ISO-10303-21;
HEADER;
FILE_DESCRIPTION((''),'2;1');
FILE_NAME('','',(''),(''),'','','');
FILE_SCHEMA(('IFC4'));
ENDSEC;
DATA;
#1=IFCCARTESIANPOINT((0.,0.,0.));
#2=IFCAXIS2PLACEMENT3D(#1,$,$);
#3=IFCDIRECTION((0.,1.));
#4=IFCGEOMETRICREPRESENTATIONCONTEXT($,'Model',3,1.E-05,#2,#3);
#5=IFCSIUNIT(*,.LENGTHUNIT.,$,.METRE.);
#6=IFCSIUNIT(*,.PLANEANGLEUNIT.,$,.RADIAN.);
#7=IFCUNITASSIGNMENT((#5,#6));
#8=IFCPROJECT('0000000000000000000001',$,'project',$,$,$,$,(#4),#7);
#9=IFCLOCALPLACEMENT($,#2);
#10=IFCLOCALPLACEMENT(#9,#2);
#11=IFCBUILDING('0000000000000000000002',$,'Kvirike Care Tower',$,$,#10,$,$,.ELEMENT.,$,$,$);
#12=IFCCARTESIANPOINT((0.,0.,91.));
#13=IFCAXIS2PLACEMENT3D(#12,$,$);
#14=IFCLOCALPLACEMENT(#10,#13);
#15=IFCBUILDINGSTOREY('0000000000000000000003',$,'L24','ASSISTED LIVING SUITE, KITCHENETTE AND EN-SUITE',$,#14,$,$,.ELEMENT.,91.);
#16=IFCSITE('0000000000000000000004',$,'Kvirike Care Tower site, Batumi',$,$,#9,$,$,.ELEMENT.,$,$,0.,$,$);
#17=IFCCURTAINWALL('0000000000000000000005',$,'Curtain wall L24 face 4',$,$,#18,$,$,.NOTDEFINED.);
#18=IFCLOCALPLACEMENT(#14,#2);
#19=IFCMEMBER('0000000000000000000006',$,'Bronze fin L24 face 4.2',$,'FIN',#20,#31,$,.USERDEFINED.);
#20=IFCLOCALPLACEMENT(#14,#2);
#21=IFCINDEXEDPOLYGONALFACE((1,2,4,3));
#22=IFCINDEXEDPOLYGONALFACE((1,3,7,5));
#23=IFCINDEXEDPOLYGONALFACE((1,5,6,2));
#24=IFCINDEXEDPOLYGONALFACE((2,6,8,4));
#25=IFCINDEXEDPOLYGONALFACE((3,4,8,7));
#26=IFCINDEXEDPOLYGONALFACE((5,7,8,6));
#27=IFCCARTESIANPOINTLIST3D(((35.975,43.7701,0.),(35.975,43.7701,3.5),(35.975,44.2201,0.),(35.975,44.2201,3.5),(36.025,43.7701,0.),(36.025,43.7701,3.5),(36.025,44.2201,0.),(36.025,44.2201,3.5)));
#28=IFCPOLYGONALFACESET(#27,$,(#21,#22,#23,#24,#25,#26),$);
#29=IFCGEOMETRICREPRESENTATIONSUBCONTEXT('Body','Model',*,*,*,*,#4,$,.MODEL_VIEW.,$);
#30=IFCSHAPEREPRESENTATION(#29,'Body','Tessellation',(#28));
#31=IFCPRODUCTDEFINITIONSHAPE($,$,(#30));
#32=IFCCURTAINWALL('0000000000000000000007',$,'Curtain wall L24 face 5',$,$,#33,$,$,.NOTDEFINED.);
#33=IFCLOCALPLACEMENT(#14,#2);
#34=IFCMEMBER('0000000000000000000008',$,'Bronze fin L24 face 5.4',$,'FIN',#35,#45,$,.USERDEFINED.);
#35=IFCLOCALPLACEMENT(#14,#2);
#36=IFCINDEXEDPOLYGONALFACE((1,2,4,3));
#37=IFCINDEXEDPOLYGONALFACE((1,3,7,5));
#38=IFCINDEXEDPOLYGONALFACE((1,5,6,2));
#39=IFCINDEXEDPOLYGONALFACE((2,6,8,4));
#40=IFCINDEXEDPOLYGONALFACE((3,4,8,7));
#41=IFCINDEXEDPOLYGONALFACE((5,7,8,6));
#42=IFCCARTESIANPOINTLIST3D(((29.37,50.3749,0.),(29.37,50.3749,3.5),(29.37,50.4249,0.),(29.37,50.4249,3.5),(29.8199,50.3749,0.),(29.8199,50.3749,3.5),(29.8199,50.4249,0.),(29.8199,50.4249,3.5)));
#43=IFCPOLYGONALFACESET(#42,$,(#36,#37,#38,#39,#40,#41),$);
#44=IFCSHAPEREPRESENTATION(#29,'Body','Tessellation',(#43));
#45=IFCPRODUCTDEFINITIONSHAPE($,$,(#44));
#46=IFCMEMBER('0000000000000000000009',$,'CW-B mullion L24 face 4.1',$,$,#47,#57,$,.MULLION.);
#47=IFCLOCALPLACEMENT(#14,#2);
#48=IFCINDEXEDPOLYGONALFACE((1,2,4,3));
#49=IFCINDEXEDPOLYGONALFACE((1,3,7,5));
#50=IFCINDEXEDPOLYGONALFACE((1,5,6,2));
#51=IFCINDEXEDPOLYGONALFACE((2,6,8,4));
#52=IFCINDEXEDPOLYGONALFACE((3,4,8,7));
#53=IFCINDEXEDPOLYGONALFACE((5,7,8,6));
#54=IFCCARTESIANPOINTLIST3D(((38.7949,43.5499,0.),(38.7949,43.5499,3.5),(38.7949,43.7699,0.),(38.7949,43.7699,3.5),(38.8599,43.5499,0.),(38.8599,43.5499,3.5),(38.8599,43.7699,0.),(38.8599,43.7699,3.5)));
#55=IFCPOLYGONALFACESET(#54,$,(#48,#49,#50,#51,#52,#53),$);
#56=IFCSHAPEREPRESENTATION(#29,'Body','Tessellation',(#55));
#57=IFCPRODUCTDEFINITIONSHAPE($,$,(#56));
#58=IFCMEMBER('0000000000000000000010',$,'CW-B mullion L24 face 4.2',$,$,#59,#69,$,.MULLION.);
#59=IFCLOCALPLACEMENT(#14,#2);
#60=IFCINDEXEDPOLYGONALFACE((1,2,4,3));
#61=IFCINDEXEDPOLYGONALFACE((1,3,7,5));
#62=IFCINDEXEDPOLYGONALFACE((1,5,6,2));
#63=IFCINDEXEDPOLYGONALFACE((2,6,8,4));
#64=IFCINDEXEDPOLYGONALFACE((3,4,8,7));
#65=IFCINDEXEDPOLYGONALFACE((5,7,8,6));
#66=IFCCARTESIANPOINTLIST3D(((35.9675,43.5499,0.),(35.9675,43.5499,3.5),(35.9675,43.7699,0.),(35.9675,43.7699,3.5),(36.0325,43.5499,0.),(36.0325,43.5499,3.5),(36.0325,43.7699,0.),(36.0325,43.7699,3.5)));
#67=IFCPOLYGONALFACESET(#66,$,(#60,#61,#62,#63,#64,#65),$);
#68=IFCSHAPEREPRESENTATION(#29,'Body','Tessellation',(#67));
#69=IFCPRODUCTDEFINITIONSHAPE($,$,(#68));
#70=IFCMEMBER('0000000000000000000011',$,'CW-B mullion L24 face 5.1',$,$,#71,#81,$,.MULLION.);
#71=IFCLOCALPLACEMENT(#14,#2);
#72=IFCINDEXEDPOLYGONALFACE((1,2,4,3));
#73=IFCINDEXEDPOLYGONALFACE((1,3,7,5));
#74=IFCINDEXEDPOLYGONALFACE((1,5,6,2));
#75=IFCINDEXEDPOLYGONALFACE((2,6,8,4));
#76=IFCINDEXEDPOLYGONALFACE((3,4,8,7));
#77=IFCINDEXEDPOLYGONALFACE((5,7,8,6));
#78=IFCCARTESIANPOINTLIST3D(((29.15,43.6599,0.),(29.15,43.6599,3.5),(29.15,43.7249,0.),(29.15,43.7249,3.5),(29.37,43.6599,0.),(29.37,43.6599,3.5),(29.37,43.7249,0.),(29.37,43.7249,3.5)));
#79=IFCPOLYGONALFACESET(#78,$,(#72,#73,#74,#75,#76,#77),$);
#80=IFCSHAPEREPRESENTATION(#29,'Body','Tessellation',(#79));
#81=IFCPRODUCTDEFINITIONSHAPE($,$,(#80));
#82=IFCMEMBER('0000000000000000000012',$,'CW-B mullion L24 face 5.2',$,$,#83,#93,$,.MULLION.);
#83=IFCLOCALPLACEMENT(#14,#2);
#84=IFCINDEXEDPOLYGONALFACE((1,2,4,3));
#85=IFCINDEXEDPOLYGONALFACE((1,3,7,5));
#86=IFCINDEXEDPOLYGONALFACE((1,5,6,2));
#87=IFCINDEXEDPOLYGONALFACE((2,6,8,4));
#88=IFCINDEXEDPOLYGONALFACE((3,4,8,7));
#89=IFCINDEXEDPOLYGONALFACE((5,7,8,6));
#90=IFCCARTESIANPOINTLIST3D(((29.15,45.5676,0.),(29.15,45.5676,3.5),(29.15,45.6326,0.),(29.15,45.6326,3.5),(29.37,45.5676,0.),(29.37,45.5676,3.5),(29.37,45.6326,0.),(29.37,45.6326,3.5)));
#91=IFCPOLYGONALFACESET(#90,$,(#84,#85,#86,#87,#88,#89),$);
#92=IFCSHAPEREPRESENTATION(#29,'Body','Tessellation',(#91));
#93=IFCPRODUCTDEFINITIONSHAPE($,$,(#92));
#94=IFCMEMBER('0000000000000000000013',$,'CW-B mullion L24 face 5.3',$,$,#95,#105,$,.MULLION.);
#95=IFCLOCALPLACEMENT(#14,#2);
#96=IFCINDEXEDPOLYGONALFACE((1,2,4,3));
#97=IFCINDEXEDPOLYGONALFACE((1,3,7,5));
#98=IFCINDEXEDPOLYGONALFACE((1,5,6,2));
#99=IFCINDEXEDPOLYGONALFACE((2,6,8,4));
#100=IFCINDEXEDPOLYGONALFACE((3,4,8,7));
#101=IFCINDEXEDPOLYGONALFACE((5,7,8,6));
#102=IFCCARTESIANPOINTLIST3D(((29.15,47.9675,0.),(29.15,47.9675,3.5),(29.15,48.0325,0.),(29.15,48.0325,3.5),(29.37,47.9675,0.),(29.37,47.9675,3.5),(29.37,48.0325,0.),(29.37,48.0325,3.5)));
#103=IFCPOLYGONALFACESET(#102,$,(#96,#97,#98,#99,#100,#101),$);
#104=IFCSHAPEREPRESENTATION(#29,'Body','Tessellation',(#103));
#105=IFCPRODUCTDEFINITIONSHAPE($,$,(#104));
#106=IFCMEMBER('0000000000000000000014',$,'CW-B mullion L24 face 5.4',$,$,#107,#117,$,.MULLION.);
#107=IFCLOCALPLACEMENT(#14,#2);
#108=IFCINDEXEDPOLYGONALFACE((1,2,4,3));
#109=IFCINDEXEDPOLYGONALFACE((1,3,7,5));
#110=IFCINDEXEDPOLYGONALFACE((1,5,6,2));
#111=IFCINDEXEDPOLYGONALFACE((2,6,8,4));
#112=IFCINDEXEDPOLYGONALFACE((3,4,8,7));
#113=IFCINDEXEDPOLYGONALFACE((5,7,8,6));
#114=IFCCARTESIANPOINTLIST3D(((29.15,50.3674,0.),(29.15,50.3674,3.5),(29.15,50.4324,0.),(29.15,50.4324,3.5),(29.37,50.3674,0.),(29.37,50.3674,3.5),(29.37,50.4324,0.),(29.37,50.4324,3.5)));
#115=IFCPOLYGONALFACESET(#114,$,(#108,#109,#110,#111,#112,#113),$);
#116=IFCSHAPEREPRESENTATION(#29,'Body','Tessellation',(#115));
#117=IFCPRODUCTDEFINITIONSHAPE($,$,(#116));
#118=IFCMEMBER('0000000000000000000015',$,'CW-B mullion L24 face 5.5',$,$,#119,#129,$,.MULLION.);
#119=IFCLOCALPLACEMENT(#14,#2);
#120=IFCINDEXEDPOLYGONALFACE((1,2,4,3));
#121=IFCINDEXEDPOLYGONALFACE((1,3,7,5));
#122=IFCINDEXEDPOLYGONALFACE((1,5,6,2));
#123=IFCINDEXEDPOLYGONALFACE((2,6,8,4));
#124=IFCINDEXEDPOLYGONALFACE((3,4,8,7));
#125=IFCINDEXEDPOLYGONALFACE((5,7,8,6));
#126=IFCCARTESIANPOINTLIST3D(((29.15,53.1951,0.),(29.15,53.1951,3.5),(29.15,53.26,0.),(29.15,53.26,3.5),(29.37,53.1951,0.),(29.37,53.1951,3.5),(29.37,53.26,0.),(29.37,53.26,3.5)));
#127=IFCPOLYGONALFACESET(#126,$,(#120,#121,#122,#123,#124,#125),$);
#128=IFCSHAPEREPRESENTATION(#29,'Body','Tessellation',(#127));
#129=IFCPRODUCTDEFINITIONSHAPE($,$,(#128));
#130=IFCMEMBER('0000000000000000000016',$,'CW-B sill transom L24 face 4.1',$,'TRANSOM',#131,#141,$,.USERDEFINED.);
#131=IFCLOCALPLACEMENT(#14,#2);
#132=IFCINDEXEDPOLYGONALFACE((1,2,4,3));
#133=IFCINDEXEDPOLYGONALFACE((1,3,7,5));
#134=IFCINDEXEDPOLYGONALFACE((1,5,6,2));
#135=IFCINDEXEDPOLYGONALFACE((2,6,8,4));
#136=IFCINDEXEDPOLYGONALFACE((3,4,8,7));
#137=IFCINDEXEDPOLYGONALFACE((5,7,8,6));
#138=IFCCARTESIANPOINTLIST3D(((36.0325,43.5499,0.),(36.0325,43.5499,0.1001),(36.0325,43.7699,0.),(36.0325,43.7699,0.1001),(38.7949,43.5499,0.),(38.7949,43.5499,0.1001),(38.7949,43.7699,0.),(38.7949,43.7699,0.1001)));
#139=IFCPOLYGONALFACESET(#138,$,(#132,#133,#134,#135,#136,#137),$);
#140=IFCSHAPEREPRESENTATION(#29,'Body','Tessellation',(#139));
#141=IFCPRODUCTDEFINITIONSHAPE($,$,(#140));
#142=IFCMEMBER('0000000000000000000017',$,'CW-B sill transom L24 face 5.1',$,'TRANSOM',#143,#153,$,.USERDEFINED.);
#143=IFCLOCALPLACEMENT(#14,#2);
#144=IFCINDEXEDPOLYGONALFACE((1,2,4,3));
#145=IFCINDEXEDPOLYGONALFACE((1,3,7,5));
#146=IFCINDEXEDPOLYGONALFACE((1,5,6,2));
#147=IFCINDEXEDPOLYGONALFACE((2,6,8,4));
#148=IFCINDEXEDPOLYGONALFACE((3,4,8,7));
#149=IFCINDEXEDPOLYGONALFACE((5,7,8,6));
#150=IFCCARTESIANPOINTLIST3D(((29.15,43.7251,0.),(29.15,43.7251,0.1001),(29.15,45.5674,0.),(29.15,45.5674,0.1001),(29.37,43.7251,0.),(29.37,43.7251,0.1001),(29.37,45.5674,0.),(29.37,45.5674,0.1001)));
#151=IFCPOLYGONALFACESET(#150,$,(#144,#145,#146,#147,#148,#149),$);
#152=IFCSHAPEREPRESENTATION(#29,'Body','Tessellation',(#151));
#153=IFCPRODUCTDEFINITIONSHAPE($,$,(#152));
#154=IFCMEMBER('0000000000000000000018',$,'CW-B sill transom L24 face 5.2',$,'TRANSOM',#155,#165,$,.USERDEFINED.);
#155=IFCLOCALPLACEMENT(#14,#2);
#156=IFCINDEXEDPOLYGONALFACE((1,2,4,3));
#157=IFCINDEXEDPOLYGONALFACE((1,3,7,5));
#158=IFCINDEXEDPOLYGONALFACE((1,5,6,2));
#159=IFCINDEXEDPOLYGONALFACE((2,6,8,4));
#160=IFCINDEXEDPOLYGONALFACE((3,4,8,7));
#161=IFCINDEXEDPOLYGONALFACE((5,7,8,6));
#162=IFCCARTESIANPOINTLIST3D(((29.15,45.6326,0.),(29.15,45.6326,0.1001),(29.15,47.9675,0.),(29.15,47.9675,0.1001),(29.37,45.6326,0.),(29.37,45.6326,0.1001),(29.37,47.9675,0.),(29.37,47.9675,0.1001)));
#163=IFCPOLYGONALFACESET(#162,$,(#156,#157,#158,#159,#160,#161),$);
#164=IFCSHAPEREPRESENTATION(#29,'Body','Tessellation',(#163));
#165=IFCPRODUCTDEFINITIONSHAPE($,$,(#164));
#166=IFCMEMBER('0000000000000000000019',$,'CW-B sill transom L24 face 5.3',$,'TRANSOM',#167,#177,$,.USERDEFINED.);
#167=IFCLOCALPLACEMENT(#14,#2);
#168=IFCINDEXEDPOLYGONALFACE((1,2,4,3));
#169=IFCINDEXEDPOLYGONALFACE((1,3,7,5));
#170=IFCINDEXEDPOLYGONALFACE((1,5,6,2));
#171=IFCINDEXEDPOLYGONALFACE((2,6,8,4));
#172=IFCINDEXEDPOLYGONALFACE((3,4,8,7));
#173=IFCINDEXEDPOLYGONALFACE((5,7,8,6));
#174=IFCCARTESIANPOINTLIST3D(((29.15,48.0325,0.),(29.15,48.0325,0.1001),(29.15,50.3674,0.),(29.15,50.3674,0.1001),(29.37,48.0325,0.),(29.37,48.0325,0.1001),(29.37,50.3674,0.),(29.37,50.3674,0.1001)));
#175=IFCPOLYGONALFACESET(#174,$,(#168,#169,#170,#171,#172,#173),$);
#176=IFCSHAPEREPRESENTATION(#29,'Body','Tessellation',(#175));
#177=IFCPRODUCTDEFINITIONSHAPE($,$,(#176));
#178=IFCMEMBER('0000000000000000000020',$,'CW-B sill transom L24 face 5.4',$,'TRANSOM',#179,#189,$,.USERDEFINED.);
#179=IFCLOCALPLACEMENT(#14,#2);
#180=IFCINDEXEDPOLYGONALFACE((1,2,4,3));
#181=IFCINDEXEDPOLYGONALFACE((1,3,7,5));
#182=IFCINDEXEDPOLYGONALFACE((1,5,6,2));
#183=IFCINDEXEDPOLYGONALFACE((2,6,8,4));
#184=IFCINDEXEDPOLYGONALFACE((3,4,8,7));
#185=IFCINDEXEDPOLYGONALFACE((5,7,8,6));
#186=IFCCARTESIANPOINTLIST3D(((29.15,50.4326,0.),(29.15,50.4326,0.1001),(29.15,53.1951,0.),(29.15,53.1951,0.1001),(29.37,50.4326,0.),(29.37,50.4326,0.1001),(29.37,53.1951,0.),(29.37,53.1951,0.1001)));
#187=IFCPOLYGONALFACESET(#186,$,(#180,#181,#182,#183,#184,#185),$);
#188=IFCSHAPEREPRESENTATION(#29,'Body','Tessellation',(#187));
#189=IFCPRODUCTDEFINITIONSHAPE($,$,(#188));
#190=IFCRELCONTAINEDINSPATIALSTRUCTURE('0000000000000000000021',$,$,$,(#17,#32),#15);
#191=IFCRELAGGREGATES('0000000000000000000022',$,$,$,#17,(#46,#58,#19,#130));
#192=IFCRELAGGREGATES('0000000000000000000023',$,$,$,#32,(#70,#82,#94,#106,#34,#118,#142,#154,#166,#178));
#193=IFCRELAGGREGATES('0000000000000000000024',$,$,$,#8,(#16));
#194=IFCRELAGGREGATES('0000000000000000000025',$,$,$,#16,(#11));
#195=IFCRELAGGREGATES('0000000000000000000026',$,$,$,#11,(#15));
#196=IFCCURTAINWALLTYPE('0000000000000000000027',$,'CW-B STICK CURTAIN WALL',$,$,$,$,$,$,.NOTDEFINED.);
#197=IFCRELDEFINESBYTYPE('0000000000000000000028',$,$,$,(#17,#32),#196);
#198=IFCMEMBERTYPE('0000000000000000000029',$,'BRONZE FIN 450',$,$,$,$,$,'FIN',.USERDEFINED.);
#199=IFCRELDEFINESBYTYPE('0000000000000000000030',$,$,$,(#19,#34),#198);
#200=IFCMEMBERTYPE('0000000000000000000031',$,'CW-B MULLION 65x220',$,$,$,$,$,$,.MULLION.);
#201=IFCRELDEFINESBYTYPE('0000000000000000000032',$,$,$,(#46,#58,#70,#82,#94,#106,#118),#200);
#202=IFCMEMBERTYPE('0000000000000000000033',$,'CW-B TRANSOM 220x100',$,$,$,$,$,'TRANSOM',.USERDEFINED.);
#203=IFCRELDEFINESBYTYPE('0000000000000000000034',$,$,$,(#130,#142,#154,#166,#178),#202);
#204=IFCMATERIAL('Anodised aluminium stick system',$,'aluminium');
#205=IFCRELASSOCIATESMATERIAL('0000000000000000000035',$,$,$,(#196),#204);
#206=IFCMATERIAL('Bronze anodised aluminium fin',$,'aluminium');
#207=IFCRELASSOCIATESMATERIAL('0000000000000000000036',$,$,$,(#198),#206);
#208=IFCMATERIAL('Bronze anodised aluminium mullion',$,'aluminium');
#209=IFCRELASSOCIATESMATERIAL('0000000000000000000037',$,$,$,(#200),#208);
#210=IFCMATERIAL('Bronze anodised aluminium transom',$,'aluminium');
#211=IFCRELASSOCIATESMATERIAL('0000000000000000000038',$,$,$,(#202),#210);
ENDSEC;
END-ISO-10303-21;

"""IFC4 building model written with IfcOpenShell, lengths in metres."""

from ifc_helpers import new_model, si_unit, direction, frame, origin, origin_2d, place, context, subcontext, project, spatial, rectangle, extrude, material, material_profile, profile_set, type_object, element, aggregate, save


model = new_model("IFC4")

# Units and contexts
model_context = context("Model", 3, precision=1e-05, world=origin(), true_north=direction((0.0, 1.0)))
body_context = subcontext(model_context, "Body", "Model", "MODEL_VIEW")
ifc_project = project(units=[si_unit("LENGTHUNIT", "METRE"), si_unit("PLANEANGLEUNIT", "RADIAN")], contexts=[model_context])

# Site, building, storey
site_placement = place(None, origin())
site = spatial("IfcSite", under=ifc_project, at=site_placement, Name="Kvirike Care Tower site, Batumi", CompositionType="ELEMENT", RefElevation=0.0)
building_placement = place(site_placement, origin())
building = spatial("IfcBuilding", under=site, at=building_placement, Name="Kvirike Care Tower", CompositionType="ELEMENT")
storey_placement = place(building_placement, frame((0.0, 0.0, 91.0)))
storey = spatial("IfcBuildingStorey", under=building, at=storey_placement, Name="L24", Description="ASSISTED LIVING SUITE, KITCHENETTE AND EN-SUITE", CompositionType="ELEMENT", Elevation=91.0)

# Curtain walls, members
ifc_material_1 = material(Name="Anodised aluminium stick system", Category="aluminium")
curtain_wall_type = type_object("IfcCurtainWallType", Name="CW-B STICK CURTAIN WALL", PredefinedType="NOTDEFINED", material=ifc_material_1)
curtain_wall_1_placement = place(storey_placement, origin())
curtain_wall_1 = element("IfcCurtainWall", 1, at=curtain_wall_1_placement, inside=storey, type_object=curtain_wall_type, Name="Curtain wall L24 face 4", PredefinedType="NOTDEFINED")
ifc_material_2 = material(Name="Bronze anodised aluminium fin", Category="aluminium")
ifc_material_profile_1 = material_profile(ifc_material_2, rectangle(XDim=0.05, YDim=0.45, at=origin_2d()), Name="BRONZE FIN 450")
ifc_profile_set_1 = profile_set([ifc_material_profile_1], Name="Bronze anodised aluminium fin")
member_type_1 = type_object("IfcMemberType", Name="BRONZE FIN 450", ElementType="FIN", PredefinedType="USERDEFINED", material=ifc_profile_set_1)
member_1_placement = place(storey_placement, frame((36.0, 43.9951, 0.0), z_axis=(0.0, 0.0, 1.0), x_axis=(-1.0, 0.0, 0.0)))
member_1 = element("IfcMember", 2, at=member_1_placement, type_object=member_type_1, Name="Bronze fin L24 face 4.2", ObjectType="FIN", PredefinedType="USERDEFINED", context=body_context, shape_type="SweptSolid", body=[
    extrude(rectangle(XDim=0.05, YDim=0.45, at=origin_2d()), origin(), (0.0, 0.0, 1.0), 3.5),
])
curtain_wall_2_placement = place(storey_placement, origin())
curtain_wall_2 = element("IfcCurtainWall", 3, at=curtain_wall_2_placement, inside=storey, type_object=curtain_wall_type, Name="Curtain wall L24 face 5", PredefinedType="NOTDEFINED")
member_2_placement = place(storey_placement, frame((29.595, 50.3999, 0.0), z_axis=(0.0, 0.0, 1.0), x_axis=(0.0, 1.0, 0.0)))
member_2 = element("IfcMember", 4, at=member_2_placement, type_object=member_type_1, Name="Bronze fin L24 face 5.4", ObjectType="FIN", PredefinedType="USERDEFINED", context=body_context, shape_type="SweptSolid", body=[
    extrude(rectangle(XDim=0.05, YDim=0.45, at=origin_2d()), origin(), (0.0, 0.0, 1.0), 3.5),
])

# Members
ifc_material_3 = material(Name="Bronze anodised aluminium mullion", Category="aluminium")
ifc_material_profile_2 = material_profile(ifc_material_3, rectangle(XDim=0.0649, YDim=0.22, at=origin_2d()), Name="CW-B MULLION 65x220")
ifc_profile_set_2 = profile_set([ifc_material_profile_2], Name="Bronze anodised aluminium mullion")
member_type_2 = type_object("IfcMemberType", Name="CW-B MULLION 65x220", PredefinedType="MULLION", material=ifc_profile_set_2)
member_3_placement = place(storey_placement, frame((38.8274, 43.6599, 0.0), z_axis=(0.0, 0.0, 1.0), x_axis=(-1.0, 0.0, 0.0)))
member_3 = element("IfcMember", 5, at=member_3_placement, type_object=member_type_2, Name="CW-B mullion L24 face 4.1", PredefinedType="MULLION", context=body_context, shape_type="SweptSolid", body=[
    extrude(rectangle(XDim=0.0649, YDim=0.22, at=origin_2d()), origin(), (0.0, 0.0, 1.0), 3.5),
])
member_4_placement = place(storey_placement, frame((36.0, 43.6599, 0.0), z_axis=(0.0, 0.0, 1.0), x_axis=(-1.0, 0.0, 0.0)))
member_4 = element("IfcMember", 6, at=member_4_placement, type_object=member_type_2, Name="CW-B mullion L24 face 4.2", PredefinedType="MULLION", context=body_context, shape_type="SweptSolid", body=[
    extrude(rectangle(XDim=0.0649, YDim=0.22, at=origin_2d()), origin(), (0.0, 0.0, 1.0), 3.5),
])
member_5_placement = place(storey_placement, frame((29.26, 43.6924, 0.0), z_axis=(0.0, 0.0, 1.0), x_axis=(0.0, 1.0, 0.0)))
member_5 = element("IfcMember", 7, at=member_5_placement, type_object=member_type_2, Name="CW-B mullion L24 face 5.1", PredefinedType="MULLION", context=body_context, shape_type="SweptSolid", body=[
    extrude(rectangle(XDim=0.0649, YDim=0.22, at=origin_2d()), origin(), (0.0, 0.0, 1.0), 3.5),
])
member_6_placement = place(storey_placement, frame((29.26, 45.6001, 0.0), z_axis=(0.0, 0.0, 1.0), x_axis=(0.0, 1.0, 0.0)))
member_6 = element("IfcMember", 8, at=member_6_placement, type_object=member_type_2, Name="CW-B mullion L24 face 5.2", PredefinedType="MULLION", context=body_context, shape_type="SweptSolid", body=[
    extrude(rectangle(XDim=0.0649, YDim=0.22, at=origin_2d()), origin(), (0.0, 0.0, 1.0), 3.5),
])
member_7_placement = place(storey_placement, frame((29.26, 48.0, 0.0), z_axis=(0.0, 0.0, 1.0), x_axis=(0.0, 1.0, 0.0)))
member_7 = element("IfcMember", 9, at=member_7_placement, type_object=member_type_2, Name="CW-B mullion L24 face 5.3", PredefinedType="MULLION", context=body_context, shape_type="SweptSolid", body=[
    extrude(rectangle(XDim=0.0649, YDim=0.22, at=origin_2d()), origin(), (0.0, 0.0, 1.0), 3.5),
])
member_8_placement = place(storey_placement, frame((29.26, 50.3999, 0.0), z_axis=(0.0, 0.0, 1.0), x_axis=(0.0, 1.0, 0.0)))
member_8 = element("IfcMember", 10, at=member_8_placement, type_object=member_type_2, Name="CW-B mullion L24 face 5.4", PredefinedType="MULLION", context=body_context, shape_type="SweptSolid", body=[
    extrude(rectangle(XDim=0.0649, YDim=0.22, at=origin_2d()), origin(), (0.0, 0.0, 1.0), 3.5),
])
member_9_placement = place(storey_placement, frame((29.26, 53.2275, 0.0), z_axis=(0.0, 0.0, 1.0), x_axis=(0.0, 1.0, 0.0)))
member_9 = element("IfcMember", 11, at=member_9_placement, type_object=member_type_2, Name="CW-B mullion L24 face 5.5", PredefinedType="MULLION", context=body_context, shape_type="SweptSolid", body=[
    extrude(rectangle(XDim=0.0649, YDim=0.22, at=origin_2d()), origin(), (0.0, 0.0, 1.0), 3.5),
])
ifc_material_4 = material(Name="Bronze anodised aluminium transom", Category="aluminium")
ifc_material_profile_3 = material_profile(ifc_material_4, rectangle(XDim=0.22, YDim=0.1001, at=origin_2d()), Name="CW-B TRANSOM 220x100")
ifc_profile_set_3 = profile_set([ifc_material_profile_3], Name="Bronze anodised aluminium transom")
member_type_3 = type_object("IfcMemberType", Name="CW-B TRANSOM 220x100", ElementType="TRANSOM", PredefinedType="USERDEFINED", material=ifc_profile_set_3)
member_10_placement = place(storey_placement, frame((38.7949, 43.6599, 0.05), z_axis=(-1.0, 0.0, 0.0), x_axis=(0.0, -1.0, 0.0)))
member_10 = element("IfcMember", 12, at=member_10_placement, type_object=member_type_3, Name="CW-B sill transom L24 face 4.1", ObjectType="TRANSOM", PredefinedType="USERDEFINED", context=body_context, shape_type="SweptSolid", body=[
    extrude(rectangle(XDim=0.22, YDim=0.1001, at=origin_2d()), origin(), (0.0, 0.0, 1.0), 2.7625),
])
member_11_placement = place(storey_placement, frame((29.26, 43.7251, 0.05), z_axis=(0.0, 1.0, 0.0), x_axis=(-1.0, 0.0, 0.0)))
member_11 = element("IfcMember", 13, at=member_11_placement, type_object=member_type_3, Name="CW-B sill transom L24 face 5.1", ObjectType="TRANSOM", PredefinedType="USERDEFINED", context=body_context, shape_type="SweptSolid", body=[
    extrude(rectangle(XDim=0.22, YDim=0.1001, at=origin_2d()), origin(), (0.0, 0.0, 1.0), 1.8423),
])
member_12_placement = place(storey_placement, frame((29.26, 45.6326, 0.05), z_axis=(0.0, 1.0, 0.0), x_axis=(-1.0, 0.0, 0.0)))
member_12 = element("IfcMember", 14, at=member_12_placement, type_object=member_type_3, Name="CW-B sill transom L24 face 5.2", ObjectType="TRANSOM", PredefinedType="USERDEFINED", context=body_context, shape_type="SweptSolid", body=[
    extrude(rectangle(XDim=0.22, YDim=0.1001, at=origin_2d()), origin(), (0.0, 0.0, 1.0), 2.335),
])
member_13_placement = place(storey_placement, frame((29.26, 48.0325, 0.05), z_axis=(0.0, 1.0, 0.0), x_axis=(-1.0, 0.0, 0.0)))
member_13 = element("IfcMember", 15, at=member_13_placement, type_object=member_type_3, Name="CW-B sill transom L24 face 5.3", ObjectType="TRANSOM", PredefinedType="USERDEFINED", context=body_context, shape_type="SweptSolid", body=[
    extrude(rectangle(XDim=0.22, YDim=0.1001, at=origin_2d()), origin(), (0.0, 0.0, 1.0), 2.335),
])
member_14_placement = place(storey_placement, frame((29.26, 50.4326, 0.05), z_axis=(0.0, 1.0, 0.0), x_axis=(-1.0, 0.0, 0.0)))
member_14 = element("IfcMember", 16, at=member_14_placement, type_object=member_type_3, Name="CW-B sill transom L24 face 5.4", ObjectType="TRANSOM", PredefinedType="USERDEFINED", context=body_context, shape_type="SweptSolid", body=[
    extrude(rectangle(XDim=0.22, YDim=0.1001, at=origin_2d()), origin(), (0.0, 0.0, 1.0), 2.7625),
])

aggregate(curtain_wall_1, [member_3, member_4, member_1, member_10])
aggregate(curtain_wall_2, [member_5, member_6, member_7, member_8, member_2, member_9, member_11, member_12, member_13, member_14])

save(model, "model.ifc")
